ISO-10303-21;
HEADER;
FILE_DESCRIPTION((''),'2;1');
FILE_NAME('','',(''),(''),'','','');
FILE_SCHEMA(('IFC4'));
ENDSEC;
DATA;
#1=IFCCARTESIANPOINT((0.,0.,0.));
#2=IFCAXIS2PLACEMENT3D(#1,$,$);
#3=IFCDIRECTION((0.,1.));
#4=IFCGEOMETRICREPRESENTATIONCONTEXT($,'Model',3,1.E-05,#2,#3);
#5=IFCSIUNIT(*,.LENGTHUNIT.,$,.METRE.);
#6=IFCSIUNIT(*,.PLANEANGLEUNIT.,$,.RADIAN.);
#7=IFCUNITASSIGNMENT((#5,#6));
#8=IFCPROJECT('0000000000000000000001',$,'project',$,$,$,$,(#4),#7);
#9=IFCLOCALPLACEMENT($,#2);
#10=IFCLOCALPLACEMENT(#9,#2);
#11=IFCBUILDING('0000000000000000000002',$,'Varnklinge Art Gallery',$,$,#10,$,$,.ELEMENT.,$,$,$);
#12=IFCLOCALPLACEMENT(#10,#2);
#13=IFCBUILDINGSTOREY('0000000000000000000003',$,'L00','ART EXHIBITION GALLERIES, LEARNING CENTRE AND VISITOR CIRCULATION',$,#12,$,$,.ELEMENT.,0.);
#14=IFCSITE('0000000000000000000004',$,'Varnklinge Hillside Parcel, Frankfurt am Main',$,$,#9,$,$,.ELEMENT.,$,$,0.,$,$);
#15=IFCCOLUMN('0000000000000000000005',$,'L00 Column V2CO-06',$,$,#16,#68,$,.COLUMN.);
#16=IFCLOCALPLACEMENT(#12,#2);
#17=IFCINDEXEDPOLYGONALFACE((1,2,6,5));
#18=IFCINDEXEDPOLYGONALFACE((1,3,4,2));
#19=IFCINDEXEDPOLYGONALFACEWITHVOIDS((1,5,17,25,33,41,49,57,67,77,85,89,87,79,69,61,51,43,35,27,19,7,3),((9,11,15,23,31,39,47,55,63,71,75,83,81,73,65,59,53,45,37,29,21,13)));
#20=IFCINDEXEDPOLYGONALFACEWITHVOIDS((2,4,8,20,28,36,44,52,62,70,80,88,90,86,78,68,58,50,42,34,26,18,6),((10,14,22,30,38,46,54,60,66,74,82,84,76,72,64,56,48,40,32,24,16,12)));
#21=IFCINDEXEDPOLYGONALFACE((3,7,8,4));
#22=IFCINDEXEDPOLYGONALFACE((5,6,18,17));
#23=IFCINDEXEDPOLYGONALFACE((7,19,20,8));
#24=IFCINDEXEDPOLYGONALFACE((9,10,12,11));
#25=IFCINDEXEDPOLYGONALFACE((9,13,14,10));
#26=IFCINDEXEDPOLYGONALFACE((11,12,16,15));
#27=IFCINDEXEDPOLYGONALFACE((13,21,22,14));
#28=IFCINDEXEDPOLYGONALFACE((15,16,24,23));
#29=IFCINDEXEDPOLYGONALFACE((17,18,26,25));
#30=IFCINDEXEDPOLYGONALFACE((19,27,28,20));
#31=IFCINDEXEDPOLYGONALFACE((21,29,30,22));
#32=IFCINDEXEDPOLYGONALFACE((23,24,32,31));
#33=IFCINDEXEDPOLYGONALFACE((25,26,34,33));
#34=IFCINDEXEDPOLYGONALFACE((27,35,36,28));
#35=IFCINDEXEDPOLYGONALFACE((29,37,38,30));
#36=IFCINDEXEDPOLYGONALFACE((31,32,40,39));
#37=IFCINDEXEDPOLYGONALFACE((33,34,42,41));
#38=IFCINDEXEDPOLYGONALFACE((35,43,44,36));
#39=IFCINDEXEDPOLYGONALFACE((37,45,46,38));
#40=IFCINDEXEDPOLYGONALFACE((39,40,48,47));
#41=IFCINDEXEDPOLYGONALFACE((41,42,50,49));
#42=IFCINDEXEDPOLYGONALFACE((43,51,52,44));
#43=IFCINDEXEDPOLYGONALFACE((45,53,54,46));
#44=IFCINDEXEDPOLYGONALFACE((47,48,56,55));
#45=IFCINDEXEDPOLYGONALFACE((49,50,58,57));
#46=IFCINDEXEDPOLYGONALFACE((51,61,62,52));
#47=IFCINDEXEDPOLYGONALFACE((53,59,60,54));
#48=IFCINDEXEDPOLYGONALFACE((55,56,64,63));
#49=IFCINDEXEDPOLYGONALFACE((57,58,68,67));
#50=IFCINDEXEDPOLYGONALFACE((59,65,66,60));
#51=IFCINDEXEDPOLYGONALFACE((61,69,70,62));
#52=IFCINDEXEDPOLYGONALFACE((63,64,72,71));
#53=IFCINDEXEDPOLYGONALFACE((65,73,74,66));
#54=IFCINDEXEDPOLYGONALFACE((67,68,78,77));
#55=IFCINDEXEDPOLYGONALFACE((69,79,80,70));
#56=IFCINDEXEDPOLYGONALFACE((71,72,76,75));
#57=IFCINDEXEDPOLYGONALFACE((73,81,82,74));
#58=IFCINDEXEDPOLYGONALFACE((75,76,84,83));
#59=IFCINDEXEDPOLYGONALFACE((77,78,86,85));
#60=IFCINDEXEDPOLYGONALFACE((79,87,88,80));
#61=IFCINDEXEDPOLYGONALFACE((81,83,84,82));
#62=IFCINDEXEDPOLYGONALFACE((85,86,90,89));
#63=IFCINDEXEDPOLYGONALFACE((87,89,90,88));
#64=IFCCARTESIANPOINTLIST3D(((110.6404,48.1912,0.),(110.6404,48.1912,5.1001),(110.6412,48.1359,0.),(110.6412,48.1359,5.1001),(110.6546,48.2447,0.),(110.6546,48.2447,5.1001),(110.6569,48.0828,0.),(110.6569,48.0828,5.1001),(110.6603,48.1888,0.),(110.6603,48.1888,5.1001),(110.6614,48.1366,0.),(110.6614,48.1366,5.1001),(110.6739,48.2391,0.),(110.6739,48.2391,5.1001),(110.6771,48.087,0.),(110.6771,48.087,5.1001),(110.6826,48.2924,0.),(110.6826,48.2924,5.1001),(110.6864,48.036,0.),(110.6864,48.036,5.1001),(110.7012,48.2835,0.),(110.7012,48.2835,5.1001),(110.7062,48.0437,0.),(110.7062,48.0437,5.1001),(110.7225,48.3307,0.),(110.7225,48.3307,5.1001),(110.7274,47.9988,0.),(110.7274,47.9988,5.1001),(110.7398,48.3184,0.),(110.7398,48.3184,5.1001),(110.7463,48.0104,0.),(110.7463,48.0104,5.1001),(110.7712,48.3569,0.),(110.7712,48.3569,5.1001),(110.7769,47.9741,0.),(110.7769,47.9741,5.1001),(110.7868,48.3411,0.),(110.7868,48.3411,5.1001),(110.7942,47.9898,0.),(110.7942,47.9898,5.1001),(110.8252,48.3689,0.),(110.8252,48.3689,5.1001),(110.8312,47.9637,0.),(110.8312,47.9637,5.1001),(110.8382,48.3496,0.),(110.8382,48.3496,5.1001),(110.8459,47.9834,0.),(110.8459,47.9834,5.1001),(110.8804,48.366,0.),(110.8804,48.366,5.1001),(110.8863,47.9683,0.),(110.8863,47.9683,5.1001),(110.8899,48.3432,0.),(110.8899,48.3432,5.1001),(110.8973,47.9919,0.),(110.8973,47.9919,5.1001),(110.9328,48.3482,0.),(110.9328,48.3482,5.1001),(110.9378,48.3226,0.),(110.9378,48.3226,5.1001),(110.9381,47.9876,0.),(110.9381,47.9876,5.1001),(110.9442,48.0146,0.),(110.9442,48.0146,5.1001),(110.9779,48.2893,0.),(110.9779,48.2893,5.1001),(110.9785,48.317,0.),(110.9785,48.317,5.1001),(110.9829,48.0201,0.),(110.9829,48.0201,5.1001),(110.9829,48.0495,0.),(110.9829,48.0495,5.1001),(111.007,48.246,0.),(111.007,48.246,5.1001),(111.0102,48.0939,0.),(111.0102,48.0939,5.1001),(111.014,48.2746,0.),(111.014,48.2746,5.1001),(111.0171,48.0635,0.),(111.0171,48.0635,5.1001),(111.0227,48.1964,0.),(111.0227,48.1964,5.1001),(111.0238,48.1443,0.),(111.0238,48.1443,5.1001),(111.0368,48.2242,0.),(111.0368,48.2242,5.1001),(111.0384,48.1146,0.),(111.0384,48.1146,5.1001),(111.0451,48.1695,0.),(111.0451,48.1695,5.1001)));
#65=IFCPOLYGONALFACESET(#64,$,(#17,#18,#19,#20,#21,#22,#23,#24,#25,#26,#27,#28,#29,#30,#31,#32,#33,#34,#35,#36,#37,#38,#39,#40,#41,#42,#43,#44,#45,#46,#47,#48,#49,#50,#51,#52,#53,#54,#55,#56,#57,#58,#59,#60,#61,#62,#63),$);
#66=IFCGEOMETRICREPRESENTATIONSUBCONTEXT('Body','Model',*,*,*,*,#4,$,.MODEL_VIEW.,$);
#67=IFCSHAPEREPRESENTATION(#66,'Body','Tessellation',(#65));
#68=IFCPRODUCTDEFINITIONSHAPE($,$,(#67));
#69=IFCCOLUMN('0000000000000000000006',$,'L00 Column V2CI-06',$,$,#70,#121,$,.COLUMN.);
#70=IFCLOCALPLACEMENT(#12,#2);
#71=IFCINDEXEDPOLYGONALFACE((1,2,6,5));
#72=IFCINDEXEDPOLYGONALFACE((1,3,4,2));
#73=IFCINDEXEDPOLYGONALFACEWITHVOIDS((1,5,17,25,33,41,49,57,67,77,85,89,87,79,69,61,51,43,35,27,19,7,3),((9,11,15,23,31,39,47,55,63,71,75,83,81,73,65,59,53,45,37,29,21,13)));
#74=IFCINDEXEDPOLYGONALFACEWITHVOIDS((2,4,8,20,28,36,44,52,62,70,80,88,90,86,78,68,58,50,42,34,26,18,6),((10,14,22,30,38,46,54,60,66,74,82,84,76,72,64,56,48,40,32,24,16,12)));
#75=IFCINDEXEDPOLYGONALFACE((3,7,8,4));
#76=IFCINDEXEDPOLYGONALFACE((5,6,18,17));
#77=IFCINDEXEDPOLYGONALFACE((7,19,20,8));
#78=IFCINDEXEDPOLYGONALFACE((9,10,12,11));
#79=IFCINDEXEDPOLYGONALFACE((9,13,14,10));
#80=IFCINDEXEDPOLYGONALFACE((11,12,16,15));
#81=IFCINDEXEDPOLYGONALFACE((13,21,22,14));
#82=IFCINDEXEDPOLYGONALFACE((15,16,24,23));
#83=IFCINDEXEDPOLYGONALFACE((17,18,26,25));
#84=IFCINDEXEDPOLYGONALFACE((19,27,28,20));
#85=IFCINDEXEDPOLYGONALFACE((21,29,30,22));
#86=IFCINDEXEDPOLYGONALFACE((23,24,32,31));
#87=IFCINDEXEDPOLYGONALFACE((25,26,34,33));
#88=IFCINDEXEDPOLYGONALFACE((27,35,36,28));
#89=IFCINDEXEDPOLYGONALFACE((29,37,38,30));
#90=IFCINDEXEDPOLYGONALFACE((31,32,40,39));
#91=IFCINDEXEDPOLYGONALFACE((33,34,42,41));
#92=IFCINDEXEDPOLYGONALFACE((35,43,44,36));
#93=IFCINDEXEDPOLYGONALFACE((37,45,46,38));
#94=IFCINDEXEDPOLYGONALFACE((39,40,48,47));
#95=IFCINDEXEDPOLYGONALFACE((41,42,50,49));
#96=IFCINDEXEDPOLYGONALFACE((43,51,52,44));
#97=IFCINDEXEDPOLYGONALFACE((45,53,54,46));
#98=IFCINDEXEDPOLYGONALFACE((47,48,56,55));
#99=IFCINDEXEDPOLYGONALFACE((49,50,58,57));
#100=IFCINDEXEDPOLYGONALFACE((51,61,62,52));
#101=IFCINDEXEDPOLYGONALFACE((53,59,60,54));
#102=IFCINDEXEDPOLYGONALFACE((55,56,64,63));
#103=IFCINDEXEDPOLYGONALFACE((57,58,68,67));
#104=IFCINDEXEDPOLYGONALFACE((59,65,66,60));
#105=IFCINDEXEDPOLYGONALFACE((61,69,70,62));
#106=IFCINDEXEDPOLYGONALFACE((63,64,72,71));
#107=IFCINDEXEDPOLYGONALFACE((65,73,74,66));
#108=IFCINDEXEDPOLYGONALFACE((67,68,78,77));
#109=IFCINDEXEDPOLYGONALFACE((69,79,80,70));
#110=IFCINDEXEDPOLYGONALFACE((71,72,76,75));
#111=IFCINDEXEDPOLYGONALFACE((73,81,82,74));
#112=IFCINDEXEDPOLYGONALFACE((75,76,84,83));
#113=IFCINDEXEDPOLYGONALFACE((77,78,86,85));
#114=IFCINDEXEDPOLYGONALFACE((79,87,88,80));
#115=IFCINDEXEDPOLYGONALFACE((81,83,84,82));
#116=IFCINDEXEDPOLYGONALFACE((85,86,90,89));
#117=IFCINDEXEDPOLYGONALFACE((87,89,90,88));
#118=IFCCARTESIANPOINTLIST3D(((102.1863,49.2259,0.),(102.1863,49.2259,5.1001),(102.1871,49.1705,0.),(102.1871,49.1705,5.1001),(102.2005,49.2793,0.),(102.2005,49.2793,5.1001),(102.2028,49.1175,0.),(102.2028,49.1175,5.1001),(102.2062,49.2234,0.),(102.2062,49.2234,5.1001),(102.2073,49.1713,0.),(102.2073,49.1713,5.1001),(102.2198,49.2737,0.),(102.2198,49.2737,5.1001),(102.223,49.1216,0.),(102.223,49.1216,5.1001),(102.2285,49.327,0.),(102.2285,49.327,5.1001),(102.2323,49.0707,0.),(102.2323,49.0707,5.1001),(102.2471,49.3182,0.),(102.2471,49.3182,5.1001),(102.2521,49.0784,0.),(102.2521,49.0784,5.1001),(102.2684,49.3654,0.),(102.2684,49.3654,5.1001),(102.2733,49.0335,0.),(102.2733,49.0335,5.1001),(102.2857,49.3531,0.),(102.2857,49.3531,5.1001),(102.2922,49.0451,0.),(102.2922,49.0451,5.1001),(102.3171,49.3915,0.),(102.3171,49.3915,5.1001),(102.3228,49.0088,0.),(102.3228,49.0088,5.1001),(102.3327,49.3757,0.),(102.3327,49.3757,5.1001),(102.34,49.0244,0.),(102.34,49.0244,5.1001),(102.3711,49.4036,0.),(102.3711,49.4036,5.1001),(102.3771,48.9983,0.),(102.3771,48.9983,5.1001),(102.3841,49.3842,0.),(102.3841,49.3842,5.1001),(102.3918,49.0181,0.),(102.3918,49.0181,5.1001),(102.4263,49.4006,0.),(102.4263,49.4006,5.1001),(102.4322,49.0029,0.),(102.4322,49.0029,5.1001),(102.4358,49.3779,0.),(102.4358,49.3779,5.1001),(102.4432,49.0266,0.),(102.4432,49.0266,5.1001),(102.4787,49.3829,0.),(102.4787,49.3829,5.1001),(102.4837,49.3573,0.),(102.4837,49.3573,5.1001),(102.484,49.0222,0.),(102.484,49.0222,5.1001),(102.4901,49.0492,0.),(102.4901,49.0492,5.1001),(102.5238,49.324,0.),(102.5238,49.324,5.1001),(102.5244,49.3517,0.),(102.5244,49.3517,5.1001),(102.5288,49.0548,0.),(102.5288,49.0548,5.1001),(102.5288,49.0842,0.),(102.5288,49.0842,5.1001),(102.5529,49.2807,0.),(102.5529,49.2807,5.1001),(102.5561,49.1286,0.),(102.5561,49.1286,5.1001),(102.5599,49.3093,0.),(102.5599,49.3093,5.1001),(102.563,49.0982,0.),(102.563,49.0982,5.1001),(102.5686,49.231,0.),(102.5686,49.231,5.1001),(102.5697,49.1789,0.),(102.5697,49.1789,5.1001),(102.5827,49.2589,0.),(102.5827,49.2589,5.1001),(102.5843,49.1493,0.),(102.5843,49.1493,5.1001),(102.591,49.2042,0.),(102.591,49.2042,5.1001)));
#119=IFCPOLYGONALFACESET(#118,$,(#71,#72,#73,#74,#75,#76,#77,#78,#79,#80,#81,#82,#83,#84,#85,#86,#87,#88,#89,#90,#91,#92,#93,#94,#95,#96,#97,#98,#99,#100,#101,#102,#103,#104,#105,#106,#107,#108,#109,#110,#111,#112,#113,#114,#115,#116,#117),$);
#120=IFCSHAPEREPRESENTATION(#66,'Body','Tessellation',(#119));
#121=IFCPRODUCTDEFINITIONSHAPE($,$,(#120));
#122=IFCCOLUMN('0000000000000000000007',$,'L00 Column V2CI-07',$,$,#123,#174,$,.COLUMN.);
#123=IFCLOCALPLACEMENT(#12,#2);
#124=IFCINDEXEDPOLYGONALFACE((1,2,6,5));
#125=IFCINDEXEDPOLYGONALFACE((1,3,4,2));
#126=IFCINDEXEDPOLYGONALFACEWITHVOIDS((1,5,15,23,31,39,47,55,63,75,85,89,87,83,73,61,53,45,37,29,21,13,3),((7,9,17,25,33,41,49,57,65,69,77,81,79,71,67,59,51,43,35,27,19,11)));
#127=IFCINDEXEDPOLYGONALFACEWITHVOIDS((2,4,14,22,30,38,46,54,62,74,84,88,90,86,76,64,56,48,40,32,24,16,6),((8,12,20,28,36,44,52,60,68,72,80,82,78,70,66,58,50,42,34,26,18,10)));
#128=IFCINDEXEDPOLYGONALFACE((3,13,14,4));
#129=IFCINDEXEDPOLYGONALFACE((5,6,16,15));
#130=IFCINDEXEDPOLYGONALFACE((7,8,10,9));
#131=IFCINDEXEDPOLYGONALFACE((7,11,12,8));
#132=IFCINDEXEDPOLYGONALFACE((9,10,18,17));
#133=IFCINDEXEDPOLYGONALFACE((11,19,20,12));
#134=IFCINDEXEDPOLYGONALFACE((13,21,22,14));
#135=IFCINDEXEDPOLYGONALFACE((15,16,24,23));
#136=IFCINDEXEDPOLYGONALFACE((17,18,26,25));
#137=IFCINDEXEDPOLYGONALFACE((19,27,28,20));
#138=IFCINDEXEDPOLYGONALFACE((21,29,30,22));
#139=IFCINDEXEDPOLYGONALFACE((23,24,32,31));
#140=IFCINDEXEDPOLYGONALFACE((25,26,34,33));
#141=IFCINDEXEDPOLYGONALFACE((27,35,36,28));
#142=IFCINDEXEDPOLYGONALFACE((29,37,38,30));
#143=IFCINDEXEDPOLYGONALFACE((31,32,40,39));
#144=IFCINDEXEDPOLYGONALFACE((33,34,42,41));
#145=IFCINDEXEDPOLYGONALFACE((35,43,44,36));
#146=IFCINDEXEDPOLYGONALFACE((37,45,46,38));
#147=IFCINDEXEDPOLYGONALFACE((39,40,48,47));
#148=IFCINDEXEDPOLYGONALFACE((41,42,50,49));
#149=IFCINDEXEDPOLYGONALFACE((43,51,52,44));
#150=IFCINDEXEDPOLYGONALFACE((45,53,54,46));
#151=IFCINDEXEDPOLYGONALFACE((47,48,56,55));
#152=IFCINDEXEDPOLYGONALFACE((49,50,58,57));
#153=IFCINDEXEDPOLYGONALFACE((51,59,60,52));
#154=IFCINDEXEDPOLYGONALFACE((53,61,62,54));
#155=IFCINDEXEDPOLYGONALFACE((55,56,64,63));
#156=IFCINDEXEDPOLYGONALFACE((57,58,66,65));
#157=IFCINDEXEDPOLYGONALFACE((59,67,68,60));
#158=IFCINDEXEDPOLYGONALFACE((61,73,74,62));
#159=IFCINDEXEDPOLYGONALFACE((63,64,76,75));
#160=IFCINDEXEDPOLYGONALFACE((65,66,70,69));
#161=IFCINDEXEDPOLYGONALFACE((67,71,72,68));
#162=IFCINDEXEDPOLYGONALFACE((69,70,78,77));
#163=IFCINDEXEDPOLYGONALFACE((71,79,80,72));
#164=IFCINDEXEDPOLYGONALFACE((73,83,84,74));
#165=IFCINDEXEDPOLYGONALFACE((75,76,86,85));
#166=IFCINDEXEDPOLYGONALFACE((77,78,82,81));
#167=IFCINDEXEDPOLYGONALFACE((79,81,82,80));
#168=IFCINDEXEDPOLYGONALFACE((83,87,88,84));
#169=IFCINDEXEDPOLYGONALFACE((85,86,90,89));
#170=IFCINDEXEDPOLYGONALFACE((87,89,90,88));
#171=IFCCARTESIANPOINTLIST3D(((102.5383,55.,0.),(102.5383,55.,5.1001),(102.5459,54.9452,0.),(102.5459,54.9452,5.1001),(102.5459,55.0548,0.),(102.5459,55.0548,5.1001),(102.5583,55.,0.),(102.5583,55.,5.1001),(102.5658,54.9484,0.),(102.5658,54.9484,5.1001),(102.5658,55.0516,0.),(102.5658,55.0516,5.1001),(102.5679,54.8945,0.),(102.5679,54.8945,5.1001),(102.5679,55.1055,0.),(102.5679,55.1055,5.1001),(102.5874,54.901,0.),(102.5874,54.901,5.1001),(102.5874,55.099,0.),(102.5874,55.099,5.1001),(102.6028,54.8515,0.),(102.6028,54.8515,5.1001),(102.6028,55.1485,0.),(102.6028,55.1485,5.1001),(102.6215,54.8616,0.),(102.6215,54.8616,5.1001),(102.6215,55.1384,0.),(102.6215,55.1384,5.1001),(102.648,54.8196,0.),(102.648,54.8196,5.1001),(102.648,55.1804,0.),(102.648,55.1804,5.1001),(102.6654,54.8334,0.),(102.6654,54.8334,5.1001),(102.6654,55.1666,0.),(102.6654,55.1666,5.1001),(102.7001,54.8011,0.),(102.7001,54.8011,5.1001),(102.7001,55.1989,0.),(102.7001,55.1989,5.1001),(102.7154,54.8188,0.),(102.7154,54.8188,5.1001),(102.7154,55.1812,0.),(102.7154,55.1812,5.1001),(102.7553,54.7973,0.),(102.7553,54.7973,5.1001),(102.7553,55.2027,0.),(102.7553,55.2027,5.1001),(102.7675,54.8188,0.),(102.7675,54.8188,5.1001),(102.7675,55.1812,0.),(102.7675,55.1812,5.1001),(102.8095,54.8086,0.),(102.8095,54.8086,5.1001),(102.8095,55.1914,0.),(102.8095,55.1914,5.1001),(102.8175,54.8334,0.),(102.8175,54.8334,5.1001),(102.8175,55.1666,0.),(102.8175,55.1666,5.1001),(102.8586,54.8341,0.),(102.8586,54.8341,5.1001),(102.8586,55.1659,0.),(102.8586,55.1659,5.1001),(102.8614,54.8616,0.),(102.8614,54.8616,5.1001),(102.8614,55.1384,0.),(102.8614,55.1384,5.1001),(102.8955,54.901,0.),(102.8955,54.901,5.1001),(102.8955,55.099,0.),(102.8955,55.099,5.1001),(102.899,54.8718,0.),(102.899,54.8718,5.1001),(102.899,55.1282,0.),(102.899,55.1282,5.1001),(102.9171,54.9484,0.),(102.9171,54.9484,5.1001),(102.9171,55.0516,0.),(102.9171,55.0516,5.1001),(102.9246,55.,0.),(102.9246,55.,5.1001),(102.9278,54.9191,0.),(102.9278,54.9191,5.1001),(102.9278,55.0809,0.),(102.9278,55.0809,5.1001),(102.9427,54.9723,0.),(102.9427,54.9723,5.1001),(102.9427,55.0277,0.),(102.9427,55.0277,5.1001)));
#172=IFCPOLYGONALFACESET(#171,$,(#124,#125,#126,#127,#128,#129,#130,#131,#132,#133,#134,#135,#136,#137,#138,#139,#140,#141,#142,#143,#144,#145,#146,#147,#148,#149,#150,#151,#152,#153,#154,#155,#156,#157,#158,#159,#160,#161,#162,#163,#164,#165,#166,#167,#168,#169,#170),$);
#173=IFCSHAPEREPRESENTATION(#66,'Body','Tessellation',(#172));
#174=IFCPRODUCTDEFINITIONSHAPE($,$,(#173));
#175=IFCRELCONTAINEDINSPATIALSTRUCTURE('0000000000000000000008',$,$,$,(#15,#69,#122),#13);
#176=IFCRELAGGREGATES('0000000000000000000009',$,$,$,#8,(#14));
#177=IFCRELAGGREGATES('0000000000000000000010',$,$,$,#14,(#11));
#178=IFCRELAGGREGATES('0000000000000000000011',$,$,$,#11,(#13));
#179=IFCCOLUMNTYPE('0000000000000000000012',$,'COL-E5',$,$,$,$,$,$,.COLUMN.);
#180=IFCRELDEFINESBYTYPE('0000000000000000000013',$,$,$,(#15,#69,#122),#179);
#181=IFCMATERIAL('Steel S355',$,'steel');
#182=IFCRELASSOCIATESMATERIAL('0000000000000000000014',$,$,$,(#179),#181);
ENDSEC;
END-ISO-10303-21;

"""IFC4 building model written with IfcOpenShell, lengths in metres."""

from ifc_helpers import new_model, si_unit, direction, frame, origin, origin_2d, place, context, subcontext, project, spatial, hollow_circle, extrude, material, material_profile, profile_set, type_object, element, save


model = new_model("IFC4")

# Units and contexts
model_context = context("Model", 3, precision=1e-05, world=origin(), true_north=direction((0.0, 1.0)))
body_context = subcontext(model_context, "Body", "Model", "MODEL_VIEW")
ifc_project = project(units=[si_unit("LENGTHUNIT", "METRE"), si_unit("PLANEANGLEUNIT", "RADIAN")], contexts=[model_context])

# Site, building, storey
site_placement = place(None, origin())
site = spatial("IfcSite", under=ifc_project, at=site_placement, Name="Varnklinge Hillside Parcel, Frankfurt am Main", CompositionType="ELEMENT", RefElevation=0.0)
building_placement = place(site_placement, origin())
building = spatial("IfcBuilding", under=site, at=building_placement, Name="Varnklinge Art Gallery", CompositionType="ELEMENT")
storey_placement = place(building_placement, origin())
storey = spatial("IfcBuildingStorey", under=building, at=storey_placement, Name="L00", Description="ART EXHIBITION GALLERIES, LEARNING CENTRE AND VISITOR CIRCULATION", CompositionType="ELEMENT", Elevation=0.0)

# Columns
ifc_material_1 = material(Name="Steel S355", Category="steel")
ifc_material_profile_1 = material_profile(ifc_material_1, hollow_circle(Radius=0.2031, WallThickness=0.02, at=origin_2d()), Name="CHS 406.4x20")
ifc_profile_set_1 = profile_set([ifc_material_profile_1], Name="Steel S355")
column_type = type_object("IfcColumnType", Name="COL-E5", PredefinedType="COLUMN", material=ifc_profile_set_1)
for number, where, z_axis, x_axis, name in (
    (1, (110.842, 48.1665, 0.0), (0.0, 0.0, 1.0), (-0.992589, 0.121523, 0.0), "L00 Column V2CO-06"),
    (2, (102.3879, 49.2012, 0.0), (0.0, 0.0, 1.0), (-0.992589, 0.121523, 0.0), "L00 Column V2CI-06"),
    (3, (102.7415, 55.0, 0.0), (0.0, 0.0, 1.0), (-1.0, 0.0, 0.0), "L00 Column V2CI-07"),
):
    element("IfcColumn", number, at=place(storey_placement, frame(where, z_axis=z_axis, x_axis=x_axis)), inside=storey, type_object=column_type, Name=name, PredefinedType="COLUMN", context=body_context, shape_type="SweptSolid", body=[
        extrude(hollow_circle(Radius=0.2031, WallThickness=0.02, at=origin_2d()), origin(), (0.0, 0.0, 1.0), 5.1001),
    ])

save(model, "model.ifc")
